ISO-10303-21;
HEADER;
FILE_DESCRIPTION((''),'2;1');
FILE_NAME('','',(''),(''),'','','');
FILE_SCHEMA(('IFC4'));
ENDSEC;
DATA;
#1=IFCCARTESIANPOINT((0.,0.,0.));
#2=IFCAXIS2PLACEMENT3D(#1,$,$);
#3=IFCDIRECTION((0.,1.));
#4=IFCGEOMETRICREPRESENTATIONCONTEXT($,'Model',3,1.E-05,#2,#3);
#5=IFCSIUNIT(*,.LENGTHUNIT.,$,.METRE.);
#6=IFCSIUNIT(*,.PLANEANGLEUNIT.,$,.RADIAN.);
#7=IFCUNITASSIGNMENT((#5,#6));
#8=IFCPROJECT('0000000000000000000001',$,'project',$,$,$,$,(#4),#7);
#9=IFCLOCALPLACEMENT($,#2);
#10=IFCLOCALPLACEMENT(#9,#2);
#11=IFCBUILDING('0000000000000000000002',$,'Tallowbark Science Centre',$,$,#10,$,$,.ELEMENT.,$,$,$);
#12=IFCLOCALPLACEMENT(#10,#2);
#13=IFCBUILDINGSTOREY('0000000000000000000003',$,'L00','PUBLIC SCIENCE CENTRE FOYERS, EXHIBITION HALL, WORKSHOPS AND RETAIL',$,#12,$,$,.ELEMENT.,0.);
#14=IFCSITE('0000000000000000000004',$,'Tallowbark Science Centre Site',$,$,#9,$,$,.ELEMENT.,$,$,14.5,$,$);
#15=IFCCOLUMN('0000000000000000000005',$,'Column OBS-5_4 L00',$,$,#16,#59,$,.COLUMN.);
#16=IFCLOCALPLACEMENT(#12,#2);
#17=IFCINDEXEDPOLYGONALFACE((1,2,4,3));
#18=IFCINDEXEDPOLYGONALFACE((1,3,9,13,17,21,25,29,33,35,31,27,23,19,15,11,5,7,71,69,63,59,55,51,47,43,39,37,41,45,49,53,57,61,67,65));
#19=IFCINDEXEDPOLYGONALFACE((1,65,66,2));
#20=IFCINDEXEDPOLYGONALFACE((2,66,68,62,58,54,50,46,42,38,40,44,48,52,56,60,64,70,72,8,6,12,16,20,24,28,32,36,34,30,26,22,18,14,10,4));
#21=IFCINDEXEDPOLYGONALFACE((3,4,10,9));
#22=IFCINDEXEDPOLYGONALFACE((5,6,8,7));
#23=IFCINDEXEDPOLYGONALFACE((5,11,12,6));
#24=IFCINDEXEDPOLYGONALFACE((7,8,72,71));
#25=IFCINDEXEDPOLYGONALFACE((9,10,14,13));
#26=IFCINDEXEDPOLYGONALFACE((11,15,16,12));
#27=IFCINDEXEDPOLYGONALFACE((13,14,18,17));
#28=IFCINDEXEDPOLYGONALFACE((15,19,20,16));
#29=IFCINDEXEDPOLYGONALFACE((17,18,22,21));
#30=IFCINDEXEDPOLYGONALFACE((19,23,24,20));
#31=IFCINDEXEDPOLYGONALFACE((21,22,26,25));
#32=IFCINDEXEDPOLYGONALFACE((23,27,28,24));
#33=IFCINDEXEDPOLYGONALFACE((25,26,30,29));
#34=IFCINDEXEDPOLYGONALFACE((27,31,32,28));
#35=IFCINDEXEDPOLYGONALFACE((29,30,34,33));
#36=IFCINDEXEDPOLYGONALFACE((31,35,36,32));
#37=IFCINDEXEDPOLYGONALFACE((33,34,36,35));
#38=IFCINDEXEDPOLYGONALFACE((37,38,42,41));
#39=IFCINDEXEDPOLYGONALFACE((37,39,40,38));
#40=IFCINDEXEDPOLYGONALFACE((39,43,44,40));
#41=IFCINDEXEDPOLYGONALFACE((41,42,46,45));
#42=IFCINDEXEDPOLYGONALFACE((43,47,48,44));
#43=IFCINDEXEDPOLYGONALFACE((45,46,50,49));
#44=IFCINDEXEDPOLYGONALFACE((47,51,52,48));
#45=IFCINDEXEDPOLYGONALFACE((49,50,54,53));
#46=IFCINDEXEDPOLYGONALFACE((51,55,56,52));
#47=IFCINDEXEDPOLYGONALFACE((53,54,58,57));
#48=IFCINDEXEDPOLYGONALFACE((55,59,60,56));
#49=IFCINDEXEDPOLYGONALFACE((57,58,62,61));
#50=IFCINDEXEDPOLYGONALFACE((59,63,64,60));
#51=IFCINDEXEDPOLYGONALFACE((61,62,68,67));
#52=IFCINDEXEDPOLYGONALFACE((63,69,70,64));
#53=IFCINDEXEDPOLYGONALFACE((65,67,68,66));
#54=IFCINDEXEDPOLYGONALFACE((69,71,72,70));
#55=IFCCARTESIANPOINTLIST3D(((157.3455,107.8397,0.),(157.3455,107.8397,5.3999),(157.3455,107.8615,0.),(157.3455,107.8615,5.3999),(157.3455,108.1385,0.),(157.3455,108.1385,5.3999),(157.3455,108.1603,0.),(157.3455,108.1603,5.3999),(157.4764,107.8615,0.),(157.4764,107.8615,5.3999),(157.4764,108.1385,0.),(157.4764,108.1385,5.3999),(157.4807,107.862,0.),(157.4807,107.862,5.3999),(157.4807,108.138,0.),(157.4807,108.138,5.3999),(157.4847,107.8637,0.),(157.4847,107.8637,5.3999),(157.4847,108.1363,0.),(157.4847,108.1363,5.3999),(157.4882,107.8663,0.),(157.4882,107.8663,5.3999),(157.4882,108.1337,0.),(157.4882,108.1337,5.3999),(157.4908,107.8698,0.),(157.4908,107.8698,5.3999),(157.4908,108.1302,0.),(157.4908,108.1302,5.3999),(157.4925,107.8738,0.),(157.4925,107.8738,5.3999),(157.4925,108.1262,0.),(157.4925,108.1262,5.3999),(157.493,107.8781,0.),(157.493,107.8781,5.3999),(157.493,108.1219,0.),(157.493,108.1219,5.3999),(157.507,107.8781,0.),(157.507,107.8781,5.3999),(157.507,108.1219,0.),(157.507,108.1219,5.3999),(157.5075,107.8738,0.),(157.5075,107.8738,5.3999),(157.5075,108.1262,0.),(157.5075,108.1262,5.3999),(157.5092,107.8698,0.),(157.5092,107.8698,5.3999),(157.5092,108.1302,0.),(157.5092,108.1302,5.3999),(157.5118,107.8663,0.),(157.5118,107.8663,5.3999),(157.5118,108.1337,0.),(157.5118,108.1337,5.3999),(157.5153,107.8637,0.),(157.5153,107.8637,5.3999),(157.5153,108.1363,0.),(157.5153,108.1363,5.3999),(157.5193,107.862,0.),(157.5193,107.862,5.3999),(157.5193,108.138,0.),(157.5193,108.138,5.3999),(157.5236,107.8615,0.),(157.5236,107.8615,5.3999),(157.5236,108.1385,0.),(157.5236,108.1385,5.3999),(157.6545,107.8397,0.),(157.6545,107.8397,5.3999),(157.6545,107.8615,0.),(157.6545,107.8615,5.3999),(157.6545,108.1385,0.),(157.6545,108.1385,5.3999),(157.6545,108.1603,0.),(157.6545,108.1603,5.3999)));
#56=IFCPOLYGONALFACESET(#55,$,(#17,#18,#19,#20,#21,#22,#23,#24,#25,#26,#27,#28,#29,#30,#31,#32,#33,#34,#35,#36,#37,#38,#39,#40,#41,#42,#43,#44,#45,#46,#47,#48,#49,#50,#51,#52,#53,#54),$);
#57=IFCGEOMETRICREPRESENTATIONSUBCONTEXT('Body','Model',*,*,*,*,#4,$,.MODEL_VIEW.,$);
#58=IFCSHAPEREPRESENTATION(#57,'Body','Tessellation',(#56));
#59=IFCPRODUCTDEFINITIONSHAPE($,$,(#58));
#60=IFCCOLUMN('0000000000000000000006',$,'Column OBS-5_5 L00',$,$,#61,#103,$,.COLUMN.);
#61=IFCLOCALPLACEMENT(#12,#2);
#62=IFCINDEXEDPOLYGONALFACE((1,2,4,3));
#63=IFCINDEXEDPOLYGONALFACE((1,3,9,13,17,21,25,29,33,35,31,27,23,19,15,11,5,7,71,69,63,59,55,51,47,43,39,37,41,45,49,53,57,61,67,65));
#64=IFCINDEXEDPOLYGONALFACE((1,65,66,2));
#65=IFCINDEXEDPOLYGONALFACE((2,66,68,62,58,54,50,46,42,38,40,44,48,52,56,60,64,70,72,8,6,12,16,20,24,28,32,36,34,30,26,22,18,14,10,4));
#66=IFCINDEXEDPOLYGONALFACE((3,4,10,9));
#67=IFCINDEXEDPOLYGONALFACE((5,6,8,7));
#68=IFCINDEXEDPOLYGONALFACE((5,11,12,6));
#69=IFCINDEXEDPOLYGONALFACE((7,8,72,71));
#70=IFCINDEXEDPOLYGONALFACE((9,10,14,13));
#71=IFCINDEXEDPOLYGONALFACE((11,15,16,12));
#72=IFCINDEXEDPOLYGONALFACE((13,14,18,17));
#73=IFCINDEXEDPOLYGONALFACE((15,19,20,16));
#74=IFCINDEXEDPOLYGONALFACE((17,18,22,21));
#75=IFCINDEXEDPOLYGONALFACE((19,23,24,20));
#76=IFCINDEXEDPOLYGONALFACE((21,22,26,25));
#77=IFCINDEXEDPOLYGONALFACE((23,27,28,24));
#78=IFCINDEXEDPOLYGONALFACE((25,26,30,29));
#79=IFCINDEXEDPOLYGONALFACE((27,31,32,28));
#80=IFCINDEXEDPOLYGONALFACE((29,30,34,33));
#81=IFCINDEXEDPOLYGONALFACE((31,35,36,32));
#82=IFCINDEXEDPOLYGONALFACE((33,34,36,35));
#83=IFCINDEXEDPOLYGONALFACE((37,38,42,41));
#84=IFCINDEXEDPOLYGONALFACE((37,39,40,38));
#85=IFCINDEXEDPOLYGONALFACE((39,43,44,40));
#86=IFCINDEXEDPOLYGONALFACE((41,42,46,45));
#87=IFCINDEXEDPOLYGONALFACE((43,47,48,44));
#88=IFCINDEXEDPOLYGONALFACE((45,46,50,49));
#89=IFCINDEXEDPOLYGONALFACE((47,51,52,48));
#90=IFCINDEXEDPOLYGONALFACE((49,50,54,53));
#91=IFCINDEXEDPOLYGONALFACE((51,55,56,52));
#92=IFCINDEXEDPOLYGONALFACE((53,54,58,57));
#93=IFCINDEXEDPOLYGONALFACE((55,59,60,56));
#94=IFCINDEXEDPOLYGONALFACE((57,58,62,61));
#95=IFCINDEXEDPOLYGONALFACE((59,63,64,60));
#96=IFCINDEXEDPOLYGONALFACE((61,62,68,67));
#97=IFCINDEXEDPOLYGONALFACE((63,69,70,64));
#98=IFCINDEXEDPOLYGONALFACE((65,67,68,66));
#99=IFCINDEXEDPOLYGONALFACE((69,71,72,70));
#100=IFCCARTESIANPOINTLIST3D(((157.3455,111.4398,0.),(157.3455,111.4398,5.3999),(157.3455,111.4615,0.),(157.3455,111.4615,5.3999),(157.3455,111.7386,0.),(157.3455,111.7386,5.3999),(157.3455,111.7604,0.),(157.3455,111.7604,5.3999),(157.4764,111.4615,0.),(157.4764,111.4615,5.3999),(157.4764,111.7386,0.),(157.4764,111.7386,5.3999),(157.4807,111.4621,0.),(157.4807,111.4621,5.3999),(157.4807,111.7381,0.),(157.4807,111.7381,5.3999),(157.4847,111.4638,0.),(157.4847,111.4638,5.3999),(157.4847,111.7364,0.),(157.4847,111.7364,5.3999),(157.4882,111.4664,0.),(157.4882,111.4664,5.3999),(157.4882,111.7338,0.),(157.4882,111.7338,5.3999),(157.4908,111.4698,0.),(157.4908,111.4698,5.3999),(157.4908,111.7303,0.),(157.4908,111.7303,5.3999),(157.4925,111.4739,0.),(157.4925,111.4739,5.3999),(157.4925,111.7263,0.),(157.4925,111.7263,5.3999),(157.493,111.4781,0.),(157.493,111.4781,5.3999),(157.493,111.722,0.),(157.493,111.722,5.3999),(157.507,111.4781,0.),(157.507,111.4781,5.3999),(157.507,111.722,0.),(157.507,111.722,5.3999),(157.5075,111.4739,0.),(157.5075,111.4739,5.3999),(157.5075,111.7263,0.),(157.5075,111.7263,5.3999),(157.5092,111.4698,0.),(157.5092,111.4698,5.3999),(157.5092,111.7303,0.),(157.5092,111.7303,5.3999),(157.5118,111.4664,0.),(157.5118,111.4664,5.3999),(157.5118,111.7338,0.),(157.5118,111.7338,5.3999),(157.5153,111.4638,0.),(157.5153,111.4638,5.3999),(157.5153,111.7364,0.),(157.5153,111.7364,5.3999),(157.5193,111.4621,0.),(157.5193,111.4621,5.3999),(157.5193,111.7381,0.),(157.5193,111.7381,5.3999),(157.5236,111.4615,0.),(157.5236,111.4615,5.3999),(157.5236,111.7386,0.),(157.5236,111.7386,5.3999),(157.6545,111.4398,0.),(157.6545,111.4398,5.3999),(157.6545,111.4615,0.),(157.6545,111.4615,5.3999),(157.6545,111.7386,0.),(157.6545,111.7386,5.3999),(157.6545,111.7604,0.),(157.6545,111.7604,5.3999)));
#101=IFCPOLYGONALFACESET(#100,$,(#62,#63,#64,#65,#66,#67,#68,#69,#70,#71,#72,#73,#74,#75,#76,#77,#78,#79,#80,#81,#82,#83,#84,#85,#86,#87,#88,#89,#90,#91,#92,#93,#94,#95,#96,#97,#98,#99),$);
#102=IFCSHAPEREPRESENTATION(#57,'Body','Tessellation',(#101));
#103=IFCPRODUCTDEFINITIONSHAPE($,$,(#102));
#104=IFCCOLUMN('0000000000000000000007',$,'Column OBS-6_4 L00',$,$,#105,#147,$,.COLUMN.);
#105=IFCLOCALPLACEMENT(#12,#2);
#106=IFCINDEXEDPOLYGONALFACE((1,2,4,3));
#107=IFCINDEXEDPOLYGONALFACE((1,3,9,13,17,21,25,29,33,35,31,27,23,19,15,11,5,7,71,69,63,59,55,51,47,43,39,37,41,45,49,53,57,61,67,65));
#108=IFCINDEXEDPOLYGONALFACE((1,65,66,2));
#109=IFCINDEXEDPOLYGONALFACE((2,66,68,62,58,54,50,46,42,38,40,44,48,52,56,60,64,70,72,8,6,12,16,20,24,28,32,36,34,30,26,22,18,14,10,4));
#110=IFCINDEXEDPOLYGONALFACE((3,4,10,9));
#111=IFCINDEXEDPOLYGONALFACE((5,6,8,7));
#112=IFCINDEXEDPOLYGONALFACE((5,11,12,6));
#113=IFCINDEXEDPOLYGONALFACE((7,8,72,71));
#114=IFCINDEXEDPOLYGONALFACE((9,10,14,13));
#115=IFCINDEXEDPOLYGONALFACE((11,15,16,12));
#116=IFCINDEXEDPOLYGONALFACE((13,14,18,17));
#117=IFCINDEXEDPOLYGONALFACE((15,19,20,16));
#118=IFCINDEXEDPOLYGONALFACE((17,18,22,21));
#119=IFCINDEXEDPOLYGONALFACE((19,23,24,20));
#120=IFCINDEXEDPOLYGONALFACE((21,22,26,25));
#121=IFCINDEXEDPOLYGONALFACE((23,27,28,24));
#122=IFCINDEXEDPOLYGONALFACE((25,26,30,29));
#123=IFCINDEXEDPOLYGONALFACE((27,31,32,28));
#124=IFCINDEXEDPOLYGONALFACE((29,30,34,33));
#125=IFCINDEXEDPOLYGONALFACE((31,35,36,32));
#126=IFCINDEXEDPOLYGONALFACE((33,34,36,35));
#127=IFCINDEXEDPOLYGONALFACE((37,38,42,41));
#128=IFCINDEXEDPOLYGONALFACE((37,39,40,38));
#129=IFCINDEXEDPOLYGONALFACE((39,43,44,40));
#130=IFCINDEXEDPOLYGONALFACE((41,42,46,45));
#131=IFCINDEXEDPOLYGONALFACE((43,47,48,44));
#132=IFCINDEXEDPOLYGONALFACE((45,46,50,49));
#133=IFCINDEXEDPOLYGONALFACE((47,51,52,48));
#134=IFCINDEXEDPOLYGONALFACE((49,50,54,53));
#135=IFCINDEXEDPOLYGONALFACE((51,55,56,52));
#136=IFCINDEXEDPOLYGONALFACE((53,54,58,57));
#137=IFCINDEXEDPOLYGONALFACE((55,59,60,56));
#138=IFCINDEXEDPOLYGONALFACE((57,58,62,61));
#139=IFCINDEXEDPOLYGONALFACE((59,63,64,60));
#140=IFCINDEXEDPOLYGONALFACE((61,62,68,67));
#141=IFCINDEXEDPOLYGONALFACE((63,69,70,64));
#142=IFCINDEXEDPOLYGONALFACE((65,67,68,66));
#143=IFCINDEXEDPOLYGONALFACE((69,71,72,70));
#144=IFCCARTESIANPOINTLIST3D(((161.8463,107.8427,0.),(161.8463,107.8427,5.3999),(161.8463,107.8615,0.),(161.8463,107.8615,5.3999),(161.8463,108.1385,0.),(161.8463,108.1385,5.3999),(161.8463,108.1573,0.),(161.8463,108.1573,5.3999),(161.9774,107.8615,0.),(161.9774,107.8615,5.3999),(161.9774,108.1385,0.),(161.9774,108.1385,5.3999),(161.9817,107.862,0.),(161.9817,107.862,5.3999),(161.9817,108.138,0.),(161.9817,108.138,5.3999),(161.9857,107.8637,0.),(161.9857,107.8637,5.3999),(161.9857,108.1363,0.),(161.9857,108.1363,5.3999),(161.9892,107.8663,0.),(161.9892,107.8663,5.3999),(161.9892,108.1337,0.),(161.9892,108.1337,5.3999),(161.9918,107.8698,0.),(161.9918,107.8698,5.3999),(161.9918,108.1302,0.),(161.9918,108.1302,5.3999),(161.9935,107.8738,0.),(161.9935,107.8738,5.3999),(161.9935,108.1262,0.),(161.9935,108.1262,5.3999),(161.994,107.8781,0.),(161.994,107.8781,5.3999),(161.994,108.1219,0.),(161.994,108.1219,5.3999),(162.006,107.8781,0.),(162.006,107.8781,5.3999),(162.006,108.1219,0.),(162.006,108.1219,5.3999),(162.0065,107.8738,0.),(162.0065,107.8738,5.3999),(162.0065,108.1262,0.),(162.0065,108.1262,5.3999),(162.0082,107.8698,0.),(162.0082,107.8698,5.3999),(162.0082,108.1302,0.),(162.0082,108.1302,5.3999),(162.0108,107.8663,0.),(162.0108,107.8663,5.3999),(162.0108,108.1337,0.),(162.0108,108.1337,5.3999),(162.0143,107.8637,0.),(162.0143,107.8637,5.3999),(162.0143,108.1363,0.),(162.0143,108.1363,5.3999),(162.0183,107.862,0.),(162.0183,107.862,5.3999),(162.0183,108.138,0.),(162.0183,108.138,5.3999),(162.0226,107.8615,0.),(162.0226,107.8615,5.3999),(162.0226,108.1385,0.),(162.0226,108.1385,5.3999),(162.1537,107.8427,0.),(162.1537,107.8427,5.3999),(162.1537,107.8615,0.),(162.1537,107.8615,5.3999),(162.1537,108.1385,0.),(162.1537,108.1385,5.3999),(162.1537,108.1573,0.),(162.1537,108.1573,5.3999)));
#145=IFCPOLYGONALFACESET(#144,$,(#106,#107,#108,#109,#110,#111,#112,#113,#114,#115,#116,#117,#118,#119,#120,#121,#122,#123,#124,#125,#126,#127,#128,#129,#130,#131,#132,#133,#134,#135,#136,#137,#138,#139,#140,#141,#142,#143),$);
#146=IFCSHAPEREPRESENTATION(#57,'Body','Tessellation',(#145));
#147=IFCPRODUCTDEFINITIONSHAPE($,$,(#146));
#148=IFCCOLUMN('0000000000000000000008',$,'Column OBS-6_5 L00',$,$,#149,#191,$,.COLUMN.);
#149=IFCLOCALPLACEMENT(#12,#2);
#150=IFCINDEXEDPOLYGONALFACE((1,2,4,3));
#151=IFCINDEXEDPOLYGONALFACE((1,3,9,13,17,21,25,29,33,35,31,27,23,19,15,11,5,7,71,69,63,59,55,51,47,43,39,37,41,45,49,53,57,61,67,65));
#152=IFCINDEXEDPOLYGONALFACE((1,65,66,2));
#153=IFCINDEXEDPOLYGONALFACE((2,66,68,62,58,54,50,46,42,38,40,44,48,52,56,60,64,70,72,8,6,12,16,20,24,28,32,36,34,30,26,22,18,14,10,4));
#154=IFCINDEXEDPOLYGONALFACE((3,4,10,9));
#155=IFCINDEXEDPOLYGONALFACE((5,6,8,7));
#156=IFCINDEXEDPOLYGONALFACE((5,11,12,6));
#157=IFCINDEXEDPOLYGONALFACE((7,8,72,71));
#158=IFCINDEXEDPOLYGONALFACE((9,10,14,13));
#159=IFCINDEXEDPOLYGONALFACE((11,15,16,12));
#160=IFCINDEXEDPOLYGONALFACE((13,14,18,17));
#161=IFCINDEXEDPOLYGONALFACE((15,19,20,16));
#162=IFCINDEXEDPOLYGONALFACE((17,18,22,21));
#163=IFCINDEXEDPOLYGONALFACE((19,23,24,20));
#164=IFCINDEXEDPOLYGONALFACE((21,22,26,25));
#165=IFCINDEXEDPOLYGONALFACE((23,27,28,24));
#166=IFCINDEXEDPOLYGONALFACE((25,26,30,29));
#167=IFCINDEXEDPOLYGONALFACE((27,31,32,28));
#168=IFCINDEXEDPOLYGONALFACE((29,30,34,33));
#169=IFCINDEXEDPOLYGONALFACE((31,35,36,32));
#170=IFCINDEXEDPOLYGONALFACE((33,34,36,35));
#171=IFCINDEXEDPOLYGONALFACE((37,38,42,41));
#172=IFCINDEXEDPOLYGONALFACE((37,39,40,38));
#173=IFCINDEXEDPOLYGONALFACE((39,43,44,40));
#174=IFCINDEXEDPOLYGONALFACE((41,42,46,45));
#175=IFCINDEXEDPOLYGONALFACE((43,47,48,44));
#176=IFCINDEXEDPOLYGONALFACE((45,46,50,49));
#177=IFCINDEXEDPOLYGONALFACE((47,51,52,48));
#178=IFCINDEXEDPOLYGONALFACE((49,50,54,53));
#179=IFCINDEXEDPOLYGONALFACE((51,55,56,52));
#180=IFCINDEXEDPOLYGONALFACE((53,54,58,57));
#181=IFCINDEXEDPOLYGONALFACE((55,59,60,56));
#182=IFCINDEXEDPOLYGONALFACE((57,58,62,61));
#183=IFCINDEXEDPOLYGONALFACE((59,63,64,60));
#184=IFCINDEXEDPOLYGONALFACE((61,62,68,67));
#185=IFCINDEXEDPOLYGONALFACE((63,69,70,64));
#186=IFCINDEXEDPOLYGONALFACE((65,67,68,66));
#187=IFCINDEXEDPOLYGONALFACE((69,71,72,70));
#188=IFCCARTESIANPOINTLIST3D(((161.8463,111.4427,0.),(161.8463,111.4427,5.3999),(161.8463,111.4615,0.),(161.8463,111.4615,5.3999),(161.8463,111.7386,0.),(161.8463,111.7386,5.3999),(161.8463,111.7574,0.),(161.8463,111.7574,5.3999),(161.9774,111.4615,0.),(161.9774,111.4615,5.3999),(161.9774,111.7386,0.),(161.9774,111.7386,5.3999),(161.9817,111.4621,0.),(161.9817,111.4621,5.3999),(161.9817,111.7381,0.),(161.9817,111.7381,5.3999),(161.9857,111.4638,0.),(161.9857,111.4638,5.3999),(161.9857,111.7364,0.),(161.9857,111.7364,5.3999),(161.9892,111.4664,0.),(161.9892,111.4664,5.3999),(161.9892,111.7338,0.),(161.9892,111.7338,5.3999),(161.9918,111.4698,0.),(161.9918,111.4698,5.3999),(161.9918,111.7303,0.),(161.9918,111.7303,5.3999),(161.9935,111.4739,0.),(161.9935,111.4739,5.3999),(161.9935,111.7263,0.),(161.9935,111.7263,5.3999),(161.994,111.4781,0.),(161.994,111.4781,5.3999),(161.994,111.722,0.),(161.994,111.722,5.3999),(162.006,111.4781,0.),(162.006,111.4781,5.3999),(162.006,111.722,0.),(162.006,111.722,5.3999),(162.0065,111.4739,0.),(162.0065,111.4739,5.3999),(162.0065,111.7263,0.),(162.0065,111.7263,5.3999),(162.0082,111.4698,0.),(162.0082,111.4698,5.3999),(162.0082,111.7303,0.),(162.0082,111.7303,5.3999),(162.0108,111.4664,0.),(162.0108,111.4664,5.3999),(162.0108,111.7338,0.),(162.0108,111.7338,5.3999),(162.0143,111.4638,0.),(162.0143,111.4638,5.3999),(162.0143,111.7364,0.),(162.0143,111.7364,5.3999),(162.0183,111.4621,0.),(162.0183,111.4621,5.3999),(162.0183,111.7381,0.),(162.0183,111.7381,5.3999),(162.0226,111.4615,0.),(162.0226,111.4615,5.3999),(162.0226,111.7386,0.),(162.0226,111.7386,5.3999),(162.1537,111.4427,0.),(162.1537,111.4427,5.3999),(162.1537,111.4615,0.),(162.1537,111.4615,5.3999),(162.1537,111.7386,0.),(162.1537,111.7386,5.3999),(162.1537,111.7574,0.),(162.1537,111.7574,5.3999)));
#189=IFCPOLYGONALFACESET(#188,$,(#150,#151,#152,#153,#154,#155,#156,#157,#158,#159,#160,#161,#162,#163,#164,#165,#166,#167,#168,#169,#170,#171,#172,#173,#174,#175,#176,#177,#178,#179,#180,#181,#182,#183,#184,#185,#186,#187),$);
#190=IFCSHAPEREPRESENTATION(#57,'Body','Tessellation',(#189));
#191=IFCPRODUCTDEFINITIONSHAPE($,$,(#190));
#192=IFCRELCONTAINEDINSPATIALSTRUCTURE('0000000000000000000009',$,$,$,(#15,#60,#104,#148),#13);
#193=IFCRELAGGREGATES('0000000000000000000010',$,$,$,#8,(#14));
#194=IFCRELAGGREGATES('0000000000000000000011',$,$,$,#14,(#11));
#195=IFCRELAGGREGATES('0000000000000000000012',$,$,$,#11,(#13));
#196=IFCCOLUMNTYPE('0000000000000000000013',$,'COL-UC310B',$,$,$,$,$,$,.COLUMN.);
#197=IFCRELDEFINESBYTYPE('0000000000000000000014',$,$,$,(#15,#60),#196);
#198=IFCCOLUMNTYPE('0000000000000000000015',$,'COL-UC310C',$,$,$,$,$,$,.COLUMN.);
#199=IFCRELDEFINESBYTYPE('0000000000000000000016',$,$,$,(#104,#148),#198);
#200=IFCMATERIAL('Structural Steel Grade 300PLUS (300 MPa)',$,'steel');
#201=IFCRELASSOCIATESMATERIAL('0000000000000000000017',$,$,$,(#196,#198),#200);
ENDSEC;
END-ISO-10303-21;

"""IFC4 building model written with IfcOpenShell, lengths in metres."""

from ifc_helpers import new_model, si_unit, direction, frame, origin, origin_2d, place, context, subcontext, project, spatial, i_section, extrude, material, material_profile, profile_set, type_object, element, save


model = new_model("IFC4")

# Units and contexts
model_context = context("Model", 3, precision=1e-05, world=origin(), true_north=direction((0.0, 1.0)))
body_context = subcontext(model_context, "Body", "Model", "MODEL_VIEW")
ifc_project = project(units=[si_unit("LENGTHUNIT", "METRE"), si_unit("PLANEANGLEUNIT", "RADIAN")], contexts=[model_context])

# Site, building, storey
site_placement = place(None, origin())
site = spatial("IfcSite", under=ifc_project, at=site_placement, Name="Tallowbark Science Centre Site", CompositionType="ELEMENT", RefElevation=14.5)
building_placement = place(site_placement, origin())
building = spatial("IfcBuilding", under=site, at=building_placement, Name="Tallowbark Science Centre", CompositionType="ELEMENT")
storey_placement = place(building_placement, origin())
storey = spatial("IfcBuildingStorey", under=building, at=storey_placement, Name="L00", Description="PUBLIC SCIENCE CENTRE FOYERS, EXHIBITION HALL, WORKSHOPS AND RETAIL", CompositionType="ELEMENT", Elevation=0.0)

# Columns
ifc_material_1 = material(Name="Structural Steel Grade 300PLUS (300 MPa)", Category="steel")
ifc_material_profile_1 = material_profile(ifc_material_1, i_section(OverallWidth=0.3091, OverallDepth=0.3206, WebThickness=0.0139, FlangeThickness=0.0217, FilletRadius=0.0166, at=origin_2d()), Name="310UC137")
ifc_profile_set_1 = profile_set([ifc_material_profile_1], Name="Structural Steel Grade 300PLUS (300 MPa)")
column_type_1 = type_object("IfcColumnType", Name="COL-UC310B", PredefinedType="COLUMN", material=ifc_profile_set_1)
for number, where, z_axis, x_axis, name in (
    (1, (157.5, 108.0, 0.0), (0.0, 0.0, 1.0), (1.0, 0.0, 0.0), "Column OBS-5_4 L00"),
    (2, (157.5, 111.6001, 0.0), (0.0, 0.0, 1.0), (1.0, 0.0, 0.0), "Column OBS-5_5 L00"),
):
    element("IfcColumn", number, at=place(storey_placement, frame(where, z_axis=z_axis, x_axis=x_axis)), inside=storey, type_object=column_type_1, Name=name, PredefinedType="COLUMN", context=body_context, shape_type="SweptSolid", body=[
        extrude(i_section(OverallWidth=0.3091, OverallDepth=0.3206, WebThickness=0.0139, FlangeThickness=0.0217, FilletRadius=0.0166, at=origin_2d()), origin(), (0.0, 0.0, 1.0), 5.3999),
    ])
ifc_material_profile_2 = material_profile(ifc_material_1, i_section(OverallWidth=0.3074, OverallDepth=0.3147, WebThickness=0.012, FlangeThickness=0.0188, FilletRadius=0.0166, at=origin_2d()), Name="310UC118")
ifc_profile_set_2 = profile_set([ifc_material_profile_2], Name="Structural Steel Grade 300PLUS (300 MPa)")
column_type_2 = type_object("IfcColumnType", Name="COL-UC310C", PredefinedType="COLUMN", material=ifc_profile_set_2)
for number, where, z_axis, x_axis, name in (
    (3, (162.0, 108.0, 0.0), (0.0, 0.0, 1.0), (1.0, 0.0, 0.0), "Column OBS-6_4 L00"),
    (4, (162.0, 111.6001, 0.0), (0.0, 0.0, 1.0), (1.0, 0.0, 0.0), "Column OBS-6_5 L00"),
):
    element("IfcColumn", number, at=place(storey_placement, frame(where, z_axis=z_axis, x_axis=x_axis)), inside=storey, type_object=column_type_2, Name=name, PredefinedType="COLUMN", context=body_context, shape_type="SweptSolid", body=[
        extrude(i_section(OverallWidth=0.3074, OverallDepth=0.3147, WebThickness=0.012, FlangeThickness=0.0188, FilletRadius=0.0166, at=origin_2d()), origin(), (0.0, 0.0, 1.0), 5.3999),
    ])

save(model, "model.ifc")
